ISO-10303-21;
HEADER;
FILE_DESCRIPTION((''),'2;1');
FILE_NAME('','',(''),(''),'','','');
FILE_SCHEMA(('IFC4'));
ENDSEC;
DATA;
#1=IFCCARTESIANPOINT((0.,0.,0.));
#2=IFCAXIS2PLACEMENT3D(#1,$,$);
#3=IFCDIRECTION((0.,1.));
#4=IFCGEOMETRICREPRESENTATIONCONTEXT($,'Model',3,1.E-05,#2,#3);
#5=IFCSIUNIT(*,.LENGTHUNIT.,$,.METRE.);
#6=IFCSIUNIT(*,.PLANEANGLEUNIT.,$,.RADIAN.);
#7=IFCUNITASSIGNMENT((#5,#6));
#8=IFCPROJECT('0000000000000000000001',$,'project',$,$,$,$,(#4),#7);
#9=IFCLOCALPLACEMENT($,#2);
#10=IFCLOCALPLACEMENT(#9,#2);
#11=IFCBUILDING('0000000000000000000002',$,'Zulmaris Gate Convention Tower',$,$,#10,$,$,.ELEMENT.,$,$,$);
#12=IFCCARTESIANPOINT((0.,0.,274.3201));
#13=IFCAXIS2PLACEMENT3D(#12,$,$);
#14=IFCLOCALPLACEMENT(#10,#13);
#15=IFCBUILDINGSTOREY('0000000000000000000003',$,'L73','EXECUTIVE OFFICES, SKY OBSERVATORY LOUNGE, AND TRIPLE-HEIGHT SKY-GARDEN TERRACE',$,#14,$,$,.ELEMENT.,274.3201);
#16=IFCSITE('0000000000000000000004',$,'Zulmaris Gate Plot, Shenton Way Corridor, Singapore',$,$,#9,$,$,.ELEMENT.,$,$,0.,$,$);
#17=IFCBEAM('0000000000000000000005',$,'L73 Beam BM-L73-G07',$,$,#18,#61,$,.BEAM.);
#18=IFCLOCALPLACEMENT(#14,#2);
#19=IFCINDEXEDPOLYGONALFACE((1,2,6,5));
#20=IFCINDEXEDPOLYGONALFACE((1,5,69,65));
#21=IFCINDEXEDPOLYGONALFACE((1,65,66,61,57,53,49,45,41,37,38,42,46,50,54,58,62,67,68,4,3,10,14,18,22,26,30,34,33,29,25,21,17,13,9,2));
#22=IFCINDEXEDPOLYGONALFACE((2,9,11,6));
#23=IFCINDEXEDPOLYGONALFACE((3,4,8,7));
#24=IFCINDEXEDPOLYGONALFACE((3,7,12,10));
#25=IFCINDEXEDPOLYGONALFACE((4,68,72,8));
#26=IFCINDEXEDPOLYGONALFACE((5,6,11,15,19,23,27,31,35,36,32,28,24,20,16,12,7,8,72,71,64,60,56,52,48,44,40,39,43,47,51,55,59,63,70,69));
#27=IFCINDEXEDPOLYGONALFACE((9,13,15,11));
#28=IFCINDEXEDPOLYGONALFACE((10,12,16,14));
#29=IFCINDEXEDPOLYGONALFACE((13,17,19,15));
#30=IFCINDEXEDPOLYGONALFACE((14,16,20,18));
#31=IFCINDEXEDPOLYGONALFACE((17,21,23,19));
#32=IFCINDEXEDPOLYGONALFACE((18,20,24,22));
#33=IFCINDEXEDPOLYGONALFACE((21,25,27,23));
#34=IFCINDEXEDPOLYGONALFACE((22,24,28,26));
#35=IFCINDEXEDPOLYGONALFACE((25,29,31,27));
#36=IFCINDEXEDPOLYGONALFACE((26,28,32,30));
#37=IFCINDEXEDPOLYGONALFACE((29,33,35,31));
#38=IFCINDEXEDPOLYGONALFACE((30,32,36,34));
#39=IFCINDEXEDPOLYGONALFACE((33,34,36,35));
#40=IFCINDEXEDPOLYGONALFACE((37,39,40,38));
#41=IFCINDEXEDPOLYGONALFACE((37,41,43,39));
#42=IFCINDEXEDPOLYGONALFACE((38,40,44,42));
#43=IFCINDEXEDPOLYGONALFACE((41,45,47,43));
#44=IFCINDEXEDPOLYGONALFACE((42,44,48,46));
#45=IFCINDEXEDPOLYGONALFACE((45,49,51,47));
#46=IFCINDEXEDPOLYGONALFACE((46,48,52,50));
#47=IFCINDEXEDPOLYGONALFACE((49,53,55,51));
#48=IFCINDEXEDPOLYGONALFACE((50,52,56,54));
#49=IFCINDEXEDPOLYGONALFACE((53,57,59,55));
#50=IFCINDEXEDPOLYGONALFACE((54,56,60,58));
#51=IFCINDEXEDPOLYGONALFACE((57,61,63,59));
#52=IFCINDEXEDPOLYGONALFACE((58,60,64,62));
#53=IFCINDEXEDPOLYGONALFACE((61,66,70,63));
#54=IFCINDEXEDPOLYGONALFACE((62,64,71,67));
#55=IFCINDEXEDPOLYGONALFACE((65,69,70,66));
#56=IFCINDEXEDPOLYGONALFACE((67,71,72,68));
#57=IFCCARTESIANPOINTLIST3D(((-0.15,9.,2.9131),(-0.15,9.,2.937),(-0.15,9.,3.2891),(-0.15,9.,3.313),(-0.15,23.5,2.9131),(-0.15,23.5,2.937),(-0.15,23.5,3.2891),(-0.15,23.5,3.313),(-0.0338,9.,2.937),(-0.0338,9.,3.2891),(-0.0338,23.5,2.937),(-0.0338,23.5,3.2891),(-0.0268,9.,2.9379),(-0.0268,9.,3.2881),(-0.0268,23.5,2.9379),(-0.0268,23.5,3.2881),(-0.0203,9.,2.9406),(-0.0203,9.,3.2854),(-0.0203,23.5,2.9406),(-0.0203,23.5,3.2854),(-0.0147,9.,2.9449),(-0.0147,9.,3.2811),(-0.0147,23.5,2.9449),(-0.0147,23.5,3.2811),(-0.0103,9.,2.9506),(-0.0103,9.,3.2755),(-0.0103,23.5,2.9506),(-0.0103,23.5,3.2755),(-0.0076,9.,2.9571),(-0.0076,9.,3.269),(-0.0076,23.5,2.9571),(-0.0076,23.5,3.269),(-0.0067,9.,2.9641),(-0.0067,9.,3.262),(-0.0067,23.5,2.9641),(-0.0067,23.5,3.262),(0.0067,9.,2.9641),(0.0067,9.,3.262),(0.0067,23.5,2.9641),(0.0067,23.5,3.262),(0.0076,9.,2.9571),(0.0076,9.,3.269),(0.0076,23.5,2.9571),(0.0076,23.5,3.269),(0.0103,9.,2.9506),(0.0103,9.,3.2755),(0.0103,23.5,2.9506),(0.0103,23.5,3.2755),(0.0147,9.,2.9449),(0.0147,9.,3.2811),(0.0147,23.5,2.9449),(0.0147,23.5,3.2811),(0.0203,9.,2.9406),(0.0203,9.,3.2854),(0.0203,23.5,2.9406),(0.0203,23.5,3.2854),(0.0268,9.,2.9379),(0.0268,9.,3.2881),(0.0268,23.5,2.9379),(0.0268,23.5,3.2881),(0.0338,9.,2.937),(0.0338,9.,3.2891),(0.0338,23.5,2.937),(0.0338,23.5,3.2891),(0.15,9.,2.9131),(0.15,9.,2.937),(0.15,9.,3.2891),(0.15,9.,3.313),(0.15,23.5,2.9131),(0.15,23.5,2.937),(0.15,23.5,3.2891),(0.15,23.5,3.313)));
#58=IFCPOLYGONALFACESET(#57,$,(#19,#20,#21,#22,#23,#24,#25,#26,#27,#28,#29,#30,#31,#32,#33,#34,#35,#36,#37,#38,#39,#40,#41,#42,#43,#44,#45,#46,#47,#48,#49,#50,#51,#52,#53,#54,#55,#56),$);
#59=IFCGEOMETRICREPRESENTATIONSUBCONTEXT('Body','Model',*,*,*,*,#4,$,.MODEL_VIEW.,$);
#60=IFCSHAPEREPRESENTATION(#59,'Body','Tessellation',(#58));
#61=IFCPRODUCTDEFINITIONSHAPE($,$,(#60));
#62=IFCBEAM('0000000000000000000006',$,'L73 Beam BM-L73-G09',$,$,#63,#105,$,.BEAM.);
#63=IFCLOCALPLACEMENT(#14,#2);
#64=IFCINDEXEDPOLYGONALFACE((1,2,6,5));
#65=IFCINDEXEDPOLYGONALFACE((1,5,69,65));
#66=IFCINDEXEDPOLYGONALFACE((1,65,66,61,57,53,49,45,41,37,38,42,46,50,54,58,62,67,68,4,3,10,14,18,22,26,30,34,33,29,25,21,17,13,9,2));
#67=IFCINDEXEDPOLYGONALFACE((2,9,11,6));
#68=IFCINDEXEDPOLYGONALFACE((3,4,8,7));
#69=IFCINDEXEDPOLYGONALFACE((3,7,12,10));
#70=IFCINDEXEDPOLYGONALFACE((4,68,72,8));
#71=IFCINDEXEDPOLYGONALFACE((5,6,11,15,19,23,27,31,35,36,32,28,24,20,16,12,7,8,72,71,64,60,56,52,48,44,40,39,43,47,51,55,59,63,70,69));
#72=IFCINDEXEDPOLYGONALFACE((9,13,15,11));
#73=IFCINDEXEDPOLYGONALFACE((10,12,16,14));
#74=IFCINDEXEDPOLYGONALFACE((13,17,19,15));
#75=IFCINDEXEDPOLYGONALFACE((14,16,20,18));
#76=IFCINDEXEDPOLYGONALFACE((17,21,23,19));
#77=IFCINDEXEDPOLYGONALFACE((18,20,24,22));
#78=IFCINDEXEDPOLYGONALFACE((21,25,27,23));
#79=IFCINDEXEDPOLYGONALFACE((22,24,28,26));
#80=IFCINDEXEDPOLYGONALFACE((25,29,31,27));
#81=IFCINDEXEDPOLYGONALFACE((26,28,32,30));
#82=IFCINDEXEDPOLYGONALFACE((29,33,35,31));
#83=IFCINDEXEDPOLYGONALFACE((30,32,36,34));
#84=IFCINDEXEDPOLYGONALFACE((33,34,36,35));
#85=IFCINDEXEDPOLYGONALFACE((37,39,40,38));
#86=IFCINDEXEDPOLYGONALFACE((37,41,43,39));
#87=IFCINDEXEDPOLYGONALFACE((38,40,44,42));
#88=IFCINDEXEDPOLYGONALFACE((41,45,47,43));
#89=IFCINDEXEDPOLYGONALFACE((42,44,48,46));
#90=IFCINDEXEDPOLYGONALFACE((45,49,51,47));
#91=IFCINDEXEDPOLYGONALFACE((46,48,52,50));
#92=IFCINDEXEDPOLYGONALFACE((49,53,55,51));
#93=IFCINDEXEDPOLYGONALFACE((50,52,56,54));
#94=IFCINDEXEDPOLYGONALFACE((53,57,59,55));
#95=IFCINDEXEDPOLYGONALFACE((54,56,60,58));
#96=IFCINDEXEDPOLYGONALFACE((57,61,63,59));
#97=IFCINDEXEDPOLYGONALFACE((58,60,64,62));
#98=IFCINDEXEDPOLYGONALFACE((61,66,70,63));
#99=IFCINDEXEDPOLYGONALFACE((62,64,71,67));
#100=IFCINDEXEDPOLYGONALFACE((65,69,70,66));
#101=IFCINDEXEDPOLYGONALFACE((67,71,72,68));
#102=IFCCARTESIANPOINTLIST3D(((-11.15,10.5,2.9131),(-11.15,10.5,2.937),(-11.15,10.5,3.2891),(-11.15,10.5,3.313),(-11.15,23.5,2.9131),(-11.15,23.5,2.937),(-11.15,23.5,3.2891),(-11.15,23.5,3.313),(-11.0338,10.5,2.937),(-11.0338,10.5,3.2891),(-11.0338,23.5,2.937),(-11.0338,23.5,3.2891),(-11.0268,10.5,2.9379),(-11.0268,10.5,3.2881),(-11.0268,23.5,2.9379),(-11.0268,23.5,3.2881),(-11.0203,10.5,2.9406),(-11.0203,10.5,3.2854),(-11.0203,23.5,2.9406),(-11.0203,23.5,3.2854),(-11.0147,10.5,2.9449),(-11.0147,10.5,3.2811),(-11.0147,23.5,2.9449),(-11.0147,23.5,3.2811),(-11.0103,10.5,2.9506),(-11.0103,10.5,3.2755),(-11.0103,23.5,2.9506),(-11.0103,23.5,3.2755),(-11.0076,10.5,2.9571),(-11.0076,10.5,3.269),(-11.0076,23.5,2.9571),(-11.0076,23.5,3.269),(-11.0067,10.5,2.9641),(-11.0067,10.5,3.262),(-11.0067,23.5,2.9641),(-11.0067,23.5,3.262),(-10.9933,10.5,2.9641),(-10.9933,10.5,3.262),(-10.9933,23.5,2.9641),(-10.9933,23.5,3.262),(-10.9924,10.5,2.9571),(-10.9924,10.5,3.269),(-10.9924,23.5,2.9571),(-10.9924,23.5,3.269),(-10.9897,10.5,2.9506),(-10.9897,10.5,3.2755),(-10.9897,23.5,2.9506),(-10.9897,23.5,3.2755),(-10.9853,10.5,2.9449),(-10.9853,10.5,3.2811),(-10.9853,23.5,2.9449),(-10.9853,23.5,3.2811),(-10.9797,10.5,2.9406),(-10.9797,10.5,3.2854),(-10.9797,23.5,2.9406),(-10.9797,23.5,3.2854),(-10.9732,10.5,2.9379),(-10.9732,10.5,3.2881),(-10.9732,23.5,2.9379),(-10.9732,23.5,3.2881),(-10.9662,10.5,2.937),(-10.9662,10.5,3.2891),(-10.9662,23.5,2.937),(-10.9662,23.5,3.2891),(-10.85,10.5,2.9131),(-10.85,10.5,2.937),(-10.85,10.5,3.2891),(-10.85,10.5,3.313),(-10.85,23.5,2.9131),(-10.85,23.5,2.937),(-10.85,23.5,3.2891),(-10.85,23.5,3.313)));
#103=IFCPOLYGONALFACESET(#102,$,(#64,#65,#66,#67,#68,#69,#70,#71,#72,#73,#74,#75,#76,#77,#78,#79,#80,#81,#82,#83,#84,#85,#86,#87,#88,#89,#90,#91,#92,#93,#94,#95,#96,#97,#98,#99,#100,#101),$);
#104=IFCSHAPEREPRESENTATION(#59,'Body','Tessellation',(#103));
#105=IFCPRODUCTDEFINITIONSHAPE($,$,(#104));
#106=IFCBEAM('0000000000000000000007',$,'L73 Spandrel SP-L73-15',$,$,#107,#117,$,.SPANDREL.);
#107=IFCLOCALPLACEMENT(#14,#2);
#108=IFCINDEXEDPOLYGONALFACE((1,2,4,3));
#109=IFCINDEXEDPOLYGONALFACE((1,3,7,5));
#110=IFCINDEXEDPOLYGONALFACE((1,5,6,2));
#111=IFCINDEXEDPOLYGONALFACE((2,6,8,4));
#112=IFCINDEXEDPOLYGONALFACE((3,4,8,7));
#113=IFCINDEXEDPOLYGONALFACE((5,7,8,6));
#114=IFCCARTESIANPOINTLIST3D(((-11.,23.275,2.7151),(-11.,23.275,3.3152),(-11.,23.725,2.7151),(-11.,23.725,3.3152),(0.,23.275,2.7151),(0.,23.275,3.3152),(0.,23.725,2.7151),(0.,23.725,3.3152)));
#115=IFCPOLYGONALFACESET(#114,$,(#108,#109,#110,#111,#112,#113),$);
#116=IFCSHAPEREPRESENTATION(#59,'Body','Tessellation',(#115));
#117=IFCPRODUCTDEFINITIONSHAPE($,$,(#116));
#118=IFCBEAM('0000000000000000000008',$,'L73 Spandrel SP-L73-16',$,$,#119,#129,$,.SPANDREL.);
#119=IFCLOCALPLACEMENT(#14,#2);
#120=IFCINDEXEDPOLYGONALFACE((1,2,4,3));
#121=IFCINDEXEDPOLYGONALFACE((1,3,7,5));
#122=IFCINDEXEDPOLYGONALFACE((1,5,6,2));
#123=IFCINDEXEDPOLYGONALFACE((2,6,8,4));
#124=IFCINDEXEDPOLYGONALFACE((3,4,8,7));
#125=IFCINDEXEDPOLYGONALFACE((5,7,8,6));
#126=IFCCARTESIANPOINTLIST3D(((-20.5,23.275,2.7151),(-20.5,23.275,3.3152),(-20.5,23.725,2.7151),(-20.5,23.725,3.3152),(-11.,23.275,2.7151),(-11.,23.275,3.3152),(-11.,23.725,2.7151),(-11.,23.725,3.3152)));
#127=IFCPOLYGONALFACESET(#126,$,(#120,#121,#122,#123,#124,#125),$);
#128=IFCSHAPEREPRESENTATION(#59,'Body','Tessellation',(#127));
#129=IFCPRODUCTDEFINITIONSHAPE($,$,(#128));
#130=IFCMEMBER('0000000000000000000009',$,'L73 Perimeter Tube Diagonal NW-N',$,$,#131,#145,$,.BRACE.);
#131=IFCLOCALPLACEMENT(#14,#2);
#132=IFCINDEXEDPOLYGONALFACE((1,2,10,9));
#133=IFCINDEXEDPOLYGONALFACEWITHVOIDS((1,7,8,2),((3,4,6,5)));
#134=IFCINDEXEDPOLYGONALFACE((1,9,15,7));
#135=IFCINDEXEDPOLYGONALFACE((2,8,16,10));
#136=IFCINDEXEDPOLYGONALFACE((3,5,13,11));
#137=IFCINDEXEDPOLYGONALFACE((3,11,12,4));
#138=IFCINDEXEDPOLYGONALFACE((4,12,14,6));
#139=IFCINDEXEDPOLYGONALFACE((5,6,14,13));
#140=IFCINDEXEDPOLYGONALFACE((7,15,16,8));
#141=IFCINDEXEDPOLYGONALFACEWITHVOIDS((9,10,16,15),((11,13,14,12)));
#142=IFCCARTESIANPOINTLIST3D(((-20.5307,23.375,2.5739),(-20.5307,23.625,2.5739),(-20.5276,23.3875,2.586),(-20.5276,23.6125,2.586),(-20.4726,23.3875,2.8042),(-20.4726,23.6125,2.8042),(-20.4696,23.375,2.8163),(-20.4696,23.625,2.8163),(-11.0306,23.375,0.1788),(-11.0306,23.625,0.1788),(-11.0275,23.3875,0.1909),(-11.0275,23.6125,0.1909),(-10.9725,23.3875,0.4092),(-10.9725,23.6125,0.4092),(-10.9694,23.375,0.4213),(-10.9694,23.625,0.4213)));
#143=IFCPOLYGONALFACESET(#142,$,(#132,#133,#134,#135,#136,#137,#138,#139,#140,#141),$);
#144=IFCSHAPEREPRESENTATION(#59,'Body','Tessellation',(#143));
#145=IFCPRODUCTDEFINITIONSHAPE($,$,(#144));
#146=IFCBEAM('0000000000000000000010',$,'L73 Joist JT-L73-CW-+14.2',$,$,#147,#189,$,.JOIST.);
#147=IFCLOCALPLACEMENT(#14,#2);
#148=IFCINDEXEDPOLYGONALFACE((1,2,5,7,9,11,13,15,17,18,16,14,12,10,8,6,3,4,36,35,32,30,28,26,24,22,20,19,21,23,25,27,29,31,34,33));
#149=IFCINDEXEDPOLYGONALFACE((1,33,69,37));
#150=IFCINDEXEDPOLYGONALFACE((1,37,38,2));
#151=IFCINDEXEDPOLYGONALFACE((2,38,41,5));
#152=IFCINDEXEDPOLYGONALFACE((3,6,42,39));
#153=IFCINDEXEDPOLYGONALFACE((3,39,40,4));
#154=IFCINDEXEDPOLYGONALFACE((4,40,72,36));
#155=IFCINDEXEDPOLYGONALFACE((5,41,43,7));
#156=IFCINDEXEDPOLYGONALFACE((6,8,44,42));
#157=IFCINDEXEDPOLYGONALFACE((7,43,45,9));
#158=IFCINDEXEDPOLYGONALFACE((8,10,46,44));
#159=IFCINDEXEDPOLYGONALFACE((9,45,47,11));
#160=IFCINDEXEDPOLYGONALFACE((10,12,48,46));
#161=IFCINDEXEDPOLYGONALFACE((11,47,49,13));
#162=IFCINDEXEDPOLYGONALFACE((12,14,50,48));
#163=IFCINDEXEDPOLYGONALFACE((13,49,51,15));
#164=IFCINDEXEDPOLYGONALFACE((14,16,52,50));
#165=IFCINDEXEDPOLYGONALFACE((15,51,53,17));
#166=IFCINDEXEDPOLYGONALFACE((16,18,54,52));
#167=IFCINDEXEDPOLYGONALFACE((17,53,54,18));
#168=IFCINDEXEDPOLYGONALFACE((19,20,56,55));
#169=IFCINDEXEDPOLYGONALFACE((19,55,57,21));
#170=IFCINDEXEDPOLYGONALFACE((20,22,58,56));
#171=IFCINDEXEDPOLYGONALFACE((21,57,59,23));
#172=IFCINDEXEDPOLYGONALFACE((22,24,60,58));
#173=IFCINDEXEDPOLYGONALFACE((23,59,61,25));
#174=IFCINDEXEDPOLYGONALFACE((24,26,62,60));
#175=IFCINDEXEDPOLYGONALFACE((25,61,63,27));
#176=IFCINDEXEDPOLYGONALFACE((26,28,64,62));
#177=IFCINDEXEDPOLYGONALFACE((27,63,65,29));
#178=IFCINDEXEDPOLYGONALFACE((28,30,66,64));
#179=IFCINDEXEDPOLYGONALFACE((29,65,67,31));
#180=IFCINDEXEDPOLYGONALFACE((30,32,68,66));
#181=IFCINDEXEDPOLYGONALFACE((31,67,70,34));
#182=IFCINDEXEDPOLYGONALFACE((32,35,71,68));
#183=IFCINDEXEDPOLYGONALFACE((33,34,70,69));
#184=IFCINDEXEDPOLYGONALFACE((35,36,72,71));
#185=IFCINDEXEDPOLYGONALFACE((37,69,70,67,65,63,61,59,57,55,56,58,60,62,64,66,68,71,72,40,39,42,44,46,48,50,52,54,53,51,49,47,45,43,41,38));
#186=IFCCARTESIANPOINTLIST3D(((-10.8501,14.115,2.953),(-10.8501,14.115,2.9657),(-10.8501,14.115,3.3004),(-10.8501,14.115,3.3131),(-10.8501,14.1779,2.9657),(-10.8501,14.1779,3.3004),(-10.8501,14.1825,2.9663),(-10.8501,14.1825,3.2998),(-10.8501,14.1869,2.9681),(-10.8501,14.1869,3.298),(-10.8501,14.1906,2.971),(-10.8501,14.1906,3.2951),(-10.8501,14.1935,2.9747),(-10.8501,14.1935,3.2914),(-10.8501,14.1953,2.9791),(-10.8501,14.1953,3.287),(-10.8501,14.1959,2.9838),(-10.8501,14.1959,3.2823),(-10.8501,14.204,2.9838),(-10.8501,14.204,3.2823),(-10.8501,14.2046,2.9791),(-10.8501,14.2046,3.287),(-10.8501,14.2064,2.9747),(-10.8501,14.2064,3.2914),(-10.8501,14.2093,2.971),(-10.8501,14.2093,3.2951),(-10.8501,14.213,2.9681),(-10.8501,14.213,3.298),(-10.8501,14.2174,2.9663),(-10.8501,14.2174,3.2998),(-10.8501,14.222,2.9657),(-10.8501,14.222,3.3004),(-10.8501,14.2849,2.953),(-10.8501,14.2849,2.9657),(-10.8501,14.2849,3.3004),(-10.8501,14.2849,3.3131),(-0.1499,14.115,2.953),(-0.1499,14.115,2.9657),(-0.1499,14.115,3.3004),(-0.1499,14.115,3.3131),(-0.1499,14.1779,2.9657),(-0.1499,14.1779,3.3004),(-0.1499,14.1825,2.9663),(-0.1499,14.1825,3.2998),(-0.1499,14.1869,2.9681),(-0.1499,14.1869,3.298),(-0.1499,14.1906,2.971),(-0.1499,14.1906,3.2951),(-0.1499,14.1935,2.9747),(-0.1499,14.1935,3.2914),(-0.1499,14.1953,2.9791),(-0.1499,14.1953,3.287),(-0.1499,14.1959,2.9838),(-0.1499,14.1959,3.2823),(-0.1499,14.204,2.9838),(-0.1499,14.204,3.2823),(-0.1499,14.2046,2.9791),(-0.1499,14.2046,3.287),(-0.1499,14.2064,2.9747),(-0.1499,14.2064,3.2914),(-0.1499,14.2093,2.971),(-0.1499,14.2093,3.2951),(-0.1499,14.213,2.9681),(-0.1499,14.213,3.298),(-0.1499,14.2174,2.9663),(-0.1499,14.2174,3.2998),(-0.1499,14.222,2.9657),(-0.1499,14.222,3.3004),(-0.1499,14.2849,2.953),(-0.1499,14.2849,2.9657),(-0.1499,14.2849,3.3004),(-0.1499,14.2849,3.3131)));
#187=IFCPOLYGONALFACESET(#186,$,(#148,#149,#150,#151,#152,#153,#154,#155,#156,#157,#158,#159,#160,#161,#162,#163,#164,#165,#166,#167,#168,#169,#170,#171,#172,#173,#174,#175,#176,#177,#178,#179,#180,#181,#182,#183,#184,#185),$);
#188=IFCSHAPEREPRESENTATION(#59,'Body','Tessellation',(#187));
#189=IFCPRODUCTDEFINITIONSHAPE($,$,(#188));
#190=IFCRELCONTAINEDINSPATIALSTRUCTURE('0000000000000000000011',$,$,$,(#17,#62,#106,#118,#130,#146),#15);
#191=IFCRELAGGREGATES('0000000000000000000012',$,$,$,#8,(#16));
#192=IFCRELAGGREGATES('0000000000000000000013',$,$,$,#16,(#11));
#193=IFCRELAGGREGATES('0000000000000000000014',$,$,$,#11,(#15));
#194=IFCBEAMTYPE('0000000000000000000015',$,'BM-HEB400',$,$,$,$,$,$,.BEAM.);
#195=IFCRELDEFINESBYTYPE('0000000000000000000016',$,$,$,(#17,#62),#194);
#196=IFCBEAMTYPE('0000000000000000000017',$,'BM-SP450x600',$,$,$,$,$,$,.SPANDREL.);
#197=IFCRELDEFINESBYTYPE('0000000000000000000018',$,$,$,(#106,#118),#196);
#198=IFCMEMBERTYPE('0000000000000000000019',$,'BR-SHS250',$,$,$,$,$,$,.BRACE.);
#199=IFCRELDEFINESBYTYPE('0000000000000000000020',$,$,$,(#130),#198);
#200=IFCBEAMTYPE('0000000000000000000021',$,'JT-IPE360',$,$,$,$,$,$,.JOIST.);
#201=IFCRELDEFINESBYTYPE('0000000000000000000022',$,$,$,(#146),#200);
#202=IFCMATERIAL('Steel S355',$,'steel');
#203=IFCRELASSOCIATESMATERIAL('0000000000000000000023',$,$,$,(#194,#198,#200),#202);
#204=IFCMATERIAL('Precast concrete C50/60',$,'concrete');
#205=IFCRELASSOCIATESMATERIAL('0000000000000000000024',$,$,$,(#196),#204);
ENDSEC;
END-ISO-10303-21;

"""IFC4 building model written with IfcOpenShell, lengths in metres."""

from ifc_helpers import new_model, si_unit, direction, frame, origin, origin_2d, place, context, subcontext, project, spatial, rectangle, hollow_rectangle, i_section, extrude, material, material_profile, profile_set, type_object, element, save


model = new_model("IFC4")

# Units and contexts
model_context = context("Model", 3, precision=1e-05, world=origin(), true_north=direction((0.0, 1.0)))
body_context = subcontext(model_context, "Body", "Model", "MODEL_VIEW")
ifc_project = project(units=[si_unit("LENGTHUNIT", "METRE"), si_unit("PLANEANGLEUNIT", "RADIAN")], contexts=[model_context])

# Site, building, storey
site_placement = place(None, origin())
site = spatial("IfcSite", under=ifc_project, at=site_placement, Name="Zulmaris Gate Plot, Shenton Way Corridor, Singapore", CompositionType="ELEMENT", RefElevation=0.0)
building_placement = place(site_placement, origin())
building = spatial("IfcBuilding", under=site, at=building_placement, Name="Zulmaris Gate Convention Tower", CompositionType="ELEMENT")
storey_placement = place(building_placement, frame((0.0, 0.0, 274.3201)))
storey = spatial("IfcBuildingStorey", under=building, at=storey_placement, Name="L73", Description="EXECUTIVE OFFICES, SKY OBSERVATORY LOUNGE, AND TRIPLE-HEIGHT SKY-GARDEN TERRACE", CompositionType="ELEMENT", Elevation=274.3201)

# Beams
ifc_material_1 = material(Name="Steel S355", Category="steel")
ifc_material_profile_1 = material_profile(ifc_material_1, i_section(OverallWidth=0.3, OverallDepth=0.3999, WebThickness=0.0134, FlangeThickness=0.0239, FilletRadius=0.0271, at=origin_2d()), Name="HEB 400")
ifc_profile_set_1 = profile_set([ifc_material_profile_1], Name="Steel S355")
beam_type_1 = type_object("IfcBeamType", Name="BM-HEB400", PredefinedType="BEAM", material=ifc_profile_set_1)
beam_1_placement = place(storey_placement, frame((0.0, 9.0, 3.113), z_axis=(0.0, 1.0, 0.0), x_axis=(-1.0, 0.0, 0.0)))
element("IfcBeam", 1, at=beam_1_placement, inside=storey, type_object=beam_type_1, Name="L73 Beam BM-L73-G07", PredefinedType="BEAM", context=body_context, shape_type="SweptSolid", body=[
    extrude(i_section(OverallWidth=0.3, OverallDepth=0.3999, WebThickness=0.0134, FlangeThickness=0.0239, FilletRadius=0.0271, at=origin_2d()), origin(), (0.0, 0.0, 1.0), 14.5),
])
beam_2_placement = place(storey_placement, frame((-11.0, 10.5, 3.113), z_axis=(0.0, 1.0, 0.0), x_axis=(-1.0, 0.0, 0.0)))
element("IfcBeam", 2, at=beam_2_placement, inside=storey, type_object=beam_type_1, Name="L73 Beam BM-L73-G09", PredefinedType="BEAM", context=body_context, shape_type="SweptSolid", body=[
    extrude(i_section(OverallWidth=0.3, OverallDepth=0.3999, WebThickness=0.0134, FlangeThickness=0.0239, FilletRadius=0.0271, at=origin_2d()), origin(), (0.0, 0.0, 1.0), 13.0),
])
ifc_material_2 = material(Name="Precast concrete C50/60", Category="concrete")
ifc_material_profile_2 = material_profile(ifc_material_2, rectangle(XDim=0.45, YDim=0.6001, at=origin_2d()), Name="RC SPANDREL 450x600")
ifc_profile_set_2 = profile_set([ifc_material_profile_2], Name="Precast concrete C50/60")
beam_type_2 = type_object("IfcBeamType", Name="BM-SP450x600", PredefinedType="SPANDREL", material=ifc_profile_set_2)
beam_3_placement = place(storey_placement, frame((0.0, 23.5, 3.0151), z_axis=(-1.0, 0.0, 0.0), x_axis=(0.0, -1.0, 0.0)))
element("IfcBeam", 3, at=beam_3_placement, inside=storey, type_object=beam_type_2, Name="L73 Spandrel SP-L73-15", PredefinedType="SPANDREL", context=body_context, shape_type="SweptSolid", body=[
    extrude(rectangle(XDim=0.45, YDim=0.6001, at=origin_2d()), origin(), (0.0, 0.0, 1.0), 11.0),
])
beam_4_placement = place(storey_placement, frame((-11.0, 23.5, 3.0151), z_axis=(-1.0, 0.0, 0.0), x_axis=(0.0, -1.0, 0.0)))
element("IfcBeam", 4, at=beam_4_placement, inside=storey, type_object=beam_type_2, Name="L73 Spandrel SP-L73-16", PredefinedType="SPANDREL", context=body_context, shape_type="SweptSolid", body=[
    extrude(rectangle(XDim=0.45, YDim=0.6001, at=origin_2d()), origin(), (0.0, 0.0, 1.0), 9.5),
])

# Member
ifc_material_profile_3 = material_profile(ifc_material_1, hollow_rectangle(XDim=0.25, YDim=0.25, WallThickness=0.0125, at=origin_2d()), Name="SHS 250x250x12.5")
ifc_profile_set_3 = profile_set([ifc_material_profile_3], Name="Steel S355")
member_type = type_object("IfcMemberType", Name="BR-SHS250", PredefinedType="BRACE", material=ifc_profile_set_3)
member_placement = place(storey_placement, frame((-11.0, 23.5, 0.3), z_axis=(-0.96966, 0.0, 0.244458), x_axis=(0.0, -1.0, 0.0)))
element("IfcMember", 5, at=member_placement, inside=storey, type_object=member_type, Name="L73 Perimeter Tube Diagonal NW-N", PredefinedType="BRACE", context=body_context, shape_type="SweptSolid", body=[
    extrude(hollow_rectangle(XDim=0.25, YDim=0.25, WallThickness=0.0125, at=origin_2d()), origin(), (0.0, 0.0, 1.0), 9.7974),
])

# Beam
ifc_material_profile_4 = material_profile(ifc_material_1, i_section(OverallWidth=0.1699, OverallDepth=0.3601, WebThickness=0.0081, FlangeThickness=0.0127, FilletRadius=0.0181, at=origin_2d()), Name="IPE 360")
ifc_profile_set_4 = profile_set([ifc_material_profile_4], Name="Steel S355")
beam_type_3 = type_object("IfcBeamType", Name="JT-IPE360", PredefinedType="JOIST", material=ifc_profile_set_4)
for number, where, z_axis, x_axis, name in (
    (6, (-10.8501, 14.2, 3.1331), (1.0, 0.0, 0.0), (0.0, 1.0, 0.0), "L73 Joist JT-L73-CW-+14.2"),
):
    element("IfcBeam", number, at=place(storey_placement, frame(where, z_axis=z_axis, x_axis=x_axis)), inside=storey, type_object=beam_type_3, Name=name, PredefinedType="JOIST", context=body_context, shape_type="SweptSolid", body=[
        extrude(i_section(OverallWidth=0.1699, OverallDepth=0.3601, WebThickness=0.0081, FlangeThickness=0.0127, FilletRadius=0.0181, at=origin_2d()), origin(), (0.0, 0.0, 1.0), 10.7002),
    ])

save(model, "model.ifc")
